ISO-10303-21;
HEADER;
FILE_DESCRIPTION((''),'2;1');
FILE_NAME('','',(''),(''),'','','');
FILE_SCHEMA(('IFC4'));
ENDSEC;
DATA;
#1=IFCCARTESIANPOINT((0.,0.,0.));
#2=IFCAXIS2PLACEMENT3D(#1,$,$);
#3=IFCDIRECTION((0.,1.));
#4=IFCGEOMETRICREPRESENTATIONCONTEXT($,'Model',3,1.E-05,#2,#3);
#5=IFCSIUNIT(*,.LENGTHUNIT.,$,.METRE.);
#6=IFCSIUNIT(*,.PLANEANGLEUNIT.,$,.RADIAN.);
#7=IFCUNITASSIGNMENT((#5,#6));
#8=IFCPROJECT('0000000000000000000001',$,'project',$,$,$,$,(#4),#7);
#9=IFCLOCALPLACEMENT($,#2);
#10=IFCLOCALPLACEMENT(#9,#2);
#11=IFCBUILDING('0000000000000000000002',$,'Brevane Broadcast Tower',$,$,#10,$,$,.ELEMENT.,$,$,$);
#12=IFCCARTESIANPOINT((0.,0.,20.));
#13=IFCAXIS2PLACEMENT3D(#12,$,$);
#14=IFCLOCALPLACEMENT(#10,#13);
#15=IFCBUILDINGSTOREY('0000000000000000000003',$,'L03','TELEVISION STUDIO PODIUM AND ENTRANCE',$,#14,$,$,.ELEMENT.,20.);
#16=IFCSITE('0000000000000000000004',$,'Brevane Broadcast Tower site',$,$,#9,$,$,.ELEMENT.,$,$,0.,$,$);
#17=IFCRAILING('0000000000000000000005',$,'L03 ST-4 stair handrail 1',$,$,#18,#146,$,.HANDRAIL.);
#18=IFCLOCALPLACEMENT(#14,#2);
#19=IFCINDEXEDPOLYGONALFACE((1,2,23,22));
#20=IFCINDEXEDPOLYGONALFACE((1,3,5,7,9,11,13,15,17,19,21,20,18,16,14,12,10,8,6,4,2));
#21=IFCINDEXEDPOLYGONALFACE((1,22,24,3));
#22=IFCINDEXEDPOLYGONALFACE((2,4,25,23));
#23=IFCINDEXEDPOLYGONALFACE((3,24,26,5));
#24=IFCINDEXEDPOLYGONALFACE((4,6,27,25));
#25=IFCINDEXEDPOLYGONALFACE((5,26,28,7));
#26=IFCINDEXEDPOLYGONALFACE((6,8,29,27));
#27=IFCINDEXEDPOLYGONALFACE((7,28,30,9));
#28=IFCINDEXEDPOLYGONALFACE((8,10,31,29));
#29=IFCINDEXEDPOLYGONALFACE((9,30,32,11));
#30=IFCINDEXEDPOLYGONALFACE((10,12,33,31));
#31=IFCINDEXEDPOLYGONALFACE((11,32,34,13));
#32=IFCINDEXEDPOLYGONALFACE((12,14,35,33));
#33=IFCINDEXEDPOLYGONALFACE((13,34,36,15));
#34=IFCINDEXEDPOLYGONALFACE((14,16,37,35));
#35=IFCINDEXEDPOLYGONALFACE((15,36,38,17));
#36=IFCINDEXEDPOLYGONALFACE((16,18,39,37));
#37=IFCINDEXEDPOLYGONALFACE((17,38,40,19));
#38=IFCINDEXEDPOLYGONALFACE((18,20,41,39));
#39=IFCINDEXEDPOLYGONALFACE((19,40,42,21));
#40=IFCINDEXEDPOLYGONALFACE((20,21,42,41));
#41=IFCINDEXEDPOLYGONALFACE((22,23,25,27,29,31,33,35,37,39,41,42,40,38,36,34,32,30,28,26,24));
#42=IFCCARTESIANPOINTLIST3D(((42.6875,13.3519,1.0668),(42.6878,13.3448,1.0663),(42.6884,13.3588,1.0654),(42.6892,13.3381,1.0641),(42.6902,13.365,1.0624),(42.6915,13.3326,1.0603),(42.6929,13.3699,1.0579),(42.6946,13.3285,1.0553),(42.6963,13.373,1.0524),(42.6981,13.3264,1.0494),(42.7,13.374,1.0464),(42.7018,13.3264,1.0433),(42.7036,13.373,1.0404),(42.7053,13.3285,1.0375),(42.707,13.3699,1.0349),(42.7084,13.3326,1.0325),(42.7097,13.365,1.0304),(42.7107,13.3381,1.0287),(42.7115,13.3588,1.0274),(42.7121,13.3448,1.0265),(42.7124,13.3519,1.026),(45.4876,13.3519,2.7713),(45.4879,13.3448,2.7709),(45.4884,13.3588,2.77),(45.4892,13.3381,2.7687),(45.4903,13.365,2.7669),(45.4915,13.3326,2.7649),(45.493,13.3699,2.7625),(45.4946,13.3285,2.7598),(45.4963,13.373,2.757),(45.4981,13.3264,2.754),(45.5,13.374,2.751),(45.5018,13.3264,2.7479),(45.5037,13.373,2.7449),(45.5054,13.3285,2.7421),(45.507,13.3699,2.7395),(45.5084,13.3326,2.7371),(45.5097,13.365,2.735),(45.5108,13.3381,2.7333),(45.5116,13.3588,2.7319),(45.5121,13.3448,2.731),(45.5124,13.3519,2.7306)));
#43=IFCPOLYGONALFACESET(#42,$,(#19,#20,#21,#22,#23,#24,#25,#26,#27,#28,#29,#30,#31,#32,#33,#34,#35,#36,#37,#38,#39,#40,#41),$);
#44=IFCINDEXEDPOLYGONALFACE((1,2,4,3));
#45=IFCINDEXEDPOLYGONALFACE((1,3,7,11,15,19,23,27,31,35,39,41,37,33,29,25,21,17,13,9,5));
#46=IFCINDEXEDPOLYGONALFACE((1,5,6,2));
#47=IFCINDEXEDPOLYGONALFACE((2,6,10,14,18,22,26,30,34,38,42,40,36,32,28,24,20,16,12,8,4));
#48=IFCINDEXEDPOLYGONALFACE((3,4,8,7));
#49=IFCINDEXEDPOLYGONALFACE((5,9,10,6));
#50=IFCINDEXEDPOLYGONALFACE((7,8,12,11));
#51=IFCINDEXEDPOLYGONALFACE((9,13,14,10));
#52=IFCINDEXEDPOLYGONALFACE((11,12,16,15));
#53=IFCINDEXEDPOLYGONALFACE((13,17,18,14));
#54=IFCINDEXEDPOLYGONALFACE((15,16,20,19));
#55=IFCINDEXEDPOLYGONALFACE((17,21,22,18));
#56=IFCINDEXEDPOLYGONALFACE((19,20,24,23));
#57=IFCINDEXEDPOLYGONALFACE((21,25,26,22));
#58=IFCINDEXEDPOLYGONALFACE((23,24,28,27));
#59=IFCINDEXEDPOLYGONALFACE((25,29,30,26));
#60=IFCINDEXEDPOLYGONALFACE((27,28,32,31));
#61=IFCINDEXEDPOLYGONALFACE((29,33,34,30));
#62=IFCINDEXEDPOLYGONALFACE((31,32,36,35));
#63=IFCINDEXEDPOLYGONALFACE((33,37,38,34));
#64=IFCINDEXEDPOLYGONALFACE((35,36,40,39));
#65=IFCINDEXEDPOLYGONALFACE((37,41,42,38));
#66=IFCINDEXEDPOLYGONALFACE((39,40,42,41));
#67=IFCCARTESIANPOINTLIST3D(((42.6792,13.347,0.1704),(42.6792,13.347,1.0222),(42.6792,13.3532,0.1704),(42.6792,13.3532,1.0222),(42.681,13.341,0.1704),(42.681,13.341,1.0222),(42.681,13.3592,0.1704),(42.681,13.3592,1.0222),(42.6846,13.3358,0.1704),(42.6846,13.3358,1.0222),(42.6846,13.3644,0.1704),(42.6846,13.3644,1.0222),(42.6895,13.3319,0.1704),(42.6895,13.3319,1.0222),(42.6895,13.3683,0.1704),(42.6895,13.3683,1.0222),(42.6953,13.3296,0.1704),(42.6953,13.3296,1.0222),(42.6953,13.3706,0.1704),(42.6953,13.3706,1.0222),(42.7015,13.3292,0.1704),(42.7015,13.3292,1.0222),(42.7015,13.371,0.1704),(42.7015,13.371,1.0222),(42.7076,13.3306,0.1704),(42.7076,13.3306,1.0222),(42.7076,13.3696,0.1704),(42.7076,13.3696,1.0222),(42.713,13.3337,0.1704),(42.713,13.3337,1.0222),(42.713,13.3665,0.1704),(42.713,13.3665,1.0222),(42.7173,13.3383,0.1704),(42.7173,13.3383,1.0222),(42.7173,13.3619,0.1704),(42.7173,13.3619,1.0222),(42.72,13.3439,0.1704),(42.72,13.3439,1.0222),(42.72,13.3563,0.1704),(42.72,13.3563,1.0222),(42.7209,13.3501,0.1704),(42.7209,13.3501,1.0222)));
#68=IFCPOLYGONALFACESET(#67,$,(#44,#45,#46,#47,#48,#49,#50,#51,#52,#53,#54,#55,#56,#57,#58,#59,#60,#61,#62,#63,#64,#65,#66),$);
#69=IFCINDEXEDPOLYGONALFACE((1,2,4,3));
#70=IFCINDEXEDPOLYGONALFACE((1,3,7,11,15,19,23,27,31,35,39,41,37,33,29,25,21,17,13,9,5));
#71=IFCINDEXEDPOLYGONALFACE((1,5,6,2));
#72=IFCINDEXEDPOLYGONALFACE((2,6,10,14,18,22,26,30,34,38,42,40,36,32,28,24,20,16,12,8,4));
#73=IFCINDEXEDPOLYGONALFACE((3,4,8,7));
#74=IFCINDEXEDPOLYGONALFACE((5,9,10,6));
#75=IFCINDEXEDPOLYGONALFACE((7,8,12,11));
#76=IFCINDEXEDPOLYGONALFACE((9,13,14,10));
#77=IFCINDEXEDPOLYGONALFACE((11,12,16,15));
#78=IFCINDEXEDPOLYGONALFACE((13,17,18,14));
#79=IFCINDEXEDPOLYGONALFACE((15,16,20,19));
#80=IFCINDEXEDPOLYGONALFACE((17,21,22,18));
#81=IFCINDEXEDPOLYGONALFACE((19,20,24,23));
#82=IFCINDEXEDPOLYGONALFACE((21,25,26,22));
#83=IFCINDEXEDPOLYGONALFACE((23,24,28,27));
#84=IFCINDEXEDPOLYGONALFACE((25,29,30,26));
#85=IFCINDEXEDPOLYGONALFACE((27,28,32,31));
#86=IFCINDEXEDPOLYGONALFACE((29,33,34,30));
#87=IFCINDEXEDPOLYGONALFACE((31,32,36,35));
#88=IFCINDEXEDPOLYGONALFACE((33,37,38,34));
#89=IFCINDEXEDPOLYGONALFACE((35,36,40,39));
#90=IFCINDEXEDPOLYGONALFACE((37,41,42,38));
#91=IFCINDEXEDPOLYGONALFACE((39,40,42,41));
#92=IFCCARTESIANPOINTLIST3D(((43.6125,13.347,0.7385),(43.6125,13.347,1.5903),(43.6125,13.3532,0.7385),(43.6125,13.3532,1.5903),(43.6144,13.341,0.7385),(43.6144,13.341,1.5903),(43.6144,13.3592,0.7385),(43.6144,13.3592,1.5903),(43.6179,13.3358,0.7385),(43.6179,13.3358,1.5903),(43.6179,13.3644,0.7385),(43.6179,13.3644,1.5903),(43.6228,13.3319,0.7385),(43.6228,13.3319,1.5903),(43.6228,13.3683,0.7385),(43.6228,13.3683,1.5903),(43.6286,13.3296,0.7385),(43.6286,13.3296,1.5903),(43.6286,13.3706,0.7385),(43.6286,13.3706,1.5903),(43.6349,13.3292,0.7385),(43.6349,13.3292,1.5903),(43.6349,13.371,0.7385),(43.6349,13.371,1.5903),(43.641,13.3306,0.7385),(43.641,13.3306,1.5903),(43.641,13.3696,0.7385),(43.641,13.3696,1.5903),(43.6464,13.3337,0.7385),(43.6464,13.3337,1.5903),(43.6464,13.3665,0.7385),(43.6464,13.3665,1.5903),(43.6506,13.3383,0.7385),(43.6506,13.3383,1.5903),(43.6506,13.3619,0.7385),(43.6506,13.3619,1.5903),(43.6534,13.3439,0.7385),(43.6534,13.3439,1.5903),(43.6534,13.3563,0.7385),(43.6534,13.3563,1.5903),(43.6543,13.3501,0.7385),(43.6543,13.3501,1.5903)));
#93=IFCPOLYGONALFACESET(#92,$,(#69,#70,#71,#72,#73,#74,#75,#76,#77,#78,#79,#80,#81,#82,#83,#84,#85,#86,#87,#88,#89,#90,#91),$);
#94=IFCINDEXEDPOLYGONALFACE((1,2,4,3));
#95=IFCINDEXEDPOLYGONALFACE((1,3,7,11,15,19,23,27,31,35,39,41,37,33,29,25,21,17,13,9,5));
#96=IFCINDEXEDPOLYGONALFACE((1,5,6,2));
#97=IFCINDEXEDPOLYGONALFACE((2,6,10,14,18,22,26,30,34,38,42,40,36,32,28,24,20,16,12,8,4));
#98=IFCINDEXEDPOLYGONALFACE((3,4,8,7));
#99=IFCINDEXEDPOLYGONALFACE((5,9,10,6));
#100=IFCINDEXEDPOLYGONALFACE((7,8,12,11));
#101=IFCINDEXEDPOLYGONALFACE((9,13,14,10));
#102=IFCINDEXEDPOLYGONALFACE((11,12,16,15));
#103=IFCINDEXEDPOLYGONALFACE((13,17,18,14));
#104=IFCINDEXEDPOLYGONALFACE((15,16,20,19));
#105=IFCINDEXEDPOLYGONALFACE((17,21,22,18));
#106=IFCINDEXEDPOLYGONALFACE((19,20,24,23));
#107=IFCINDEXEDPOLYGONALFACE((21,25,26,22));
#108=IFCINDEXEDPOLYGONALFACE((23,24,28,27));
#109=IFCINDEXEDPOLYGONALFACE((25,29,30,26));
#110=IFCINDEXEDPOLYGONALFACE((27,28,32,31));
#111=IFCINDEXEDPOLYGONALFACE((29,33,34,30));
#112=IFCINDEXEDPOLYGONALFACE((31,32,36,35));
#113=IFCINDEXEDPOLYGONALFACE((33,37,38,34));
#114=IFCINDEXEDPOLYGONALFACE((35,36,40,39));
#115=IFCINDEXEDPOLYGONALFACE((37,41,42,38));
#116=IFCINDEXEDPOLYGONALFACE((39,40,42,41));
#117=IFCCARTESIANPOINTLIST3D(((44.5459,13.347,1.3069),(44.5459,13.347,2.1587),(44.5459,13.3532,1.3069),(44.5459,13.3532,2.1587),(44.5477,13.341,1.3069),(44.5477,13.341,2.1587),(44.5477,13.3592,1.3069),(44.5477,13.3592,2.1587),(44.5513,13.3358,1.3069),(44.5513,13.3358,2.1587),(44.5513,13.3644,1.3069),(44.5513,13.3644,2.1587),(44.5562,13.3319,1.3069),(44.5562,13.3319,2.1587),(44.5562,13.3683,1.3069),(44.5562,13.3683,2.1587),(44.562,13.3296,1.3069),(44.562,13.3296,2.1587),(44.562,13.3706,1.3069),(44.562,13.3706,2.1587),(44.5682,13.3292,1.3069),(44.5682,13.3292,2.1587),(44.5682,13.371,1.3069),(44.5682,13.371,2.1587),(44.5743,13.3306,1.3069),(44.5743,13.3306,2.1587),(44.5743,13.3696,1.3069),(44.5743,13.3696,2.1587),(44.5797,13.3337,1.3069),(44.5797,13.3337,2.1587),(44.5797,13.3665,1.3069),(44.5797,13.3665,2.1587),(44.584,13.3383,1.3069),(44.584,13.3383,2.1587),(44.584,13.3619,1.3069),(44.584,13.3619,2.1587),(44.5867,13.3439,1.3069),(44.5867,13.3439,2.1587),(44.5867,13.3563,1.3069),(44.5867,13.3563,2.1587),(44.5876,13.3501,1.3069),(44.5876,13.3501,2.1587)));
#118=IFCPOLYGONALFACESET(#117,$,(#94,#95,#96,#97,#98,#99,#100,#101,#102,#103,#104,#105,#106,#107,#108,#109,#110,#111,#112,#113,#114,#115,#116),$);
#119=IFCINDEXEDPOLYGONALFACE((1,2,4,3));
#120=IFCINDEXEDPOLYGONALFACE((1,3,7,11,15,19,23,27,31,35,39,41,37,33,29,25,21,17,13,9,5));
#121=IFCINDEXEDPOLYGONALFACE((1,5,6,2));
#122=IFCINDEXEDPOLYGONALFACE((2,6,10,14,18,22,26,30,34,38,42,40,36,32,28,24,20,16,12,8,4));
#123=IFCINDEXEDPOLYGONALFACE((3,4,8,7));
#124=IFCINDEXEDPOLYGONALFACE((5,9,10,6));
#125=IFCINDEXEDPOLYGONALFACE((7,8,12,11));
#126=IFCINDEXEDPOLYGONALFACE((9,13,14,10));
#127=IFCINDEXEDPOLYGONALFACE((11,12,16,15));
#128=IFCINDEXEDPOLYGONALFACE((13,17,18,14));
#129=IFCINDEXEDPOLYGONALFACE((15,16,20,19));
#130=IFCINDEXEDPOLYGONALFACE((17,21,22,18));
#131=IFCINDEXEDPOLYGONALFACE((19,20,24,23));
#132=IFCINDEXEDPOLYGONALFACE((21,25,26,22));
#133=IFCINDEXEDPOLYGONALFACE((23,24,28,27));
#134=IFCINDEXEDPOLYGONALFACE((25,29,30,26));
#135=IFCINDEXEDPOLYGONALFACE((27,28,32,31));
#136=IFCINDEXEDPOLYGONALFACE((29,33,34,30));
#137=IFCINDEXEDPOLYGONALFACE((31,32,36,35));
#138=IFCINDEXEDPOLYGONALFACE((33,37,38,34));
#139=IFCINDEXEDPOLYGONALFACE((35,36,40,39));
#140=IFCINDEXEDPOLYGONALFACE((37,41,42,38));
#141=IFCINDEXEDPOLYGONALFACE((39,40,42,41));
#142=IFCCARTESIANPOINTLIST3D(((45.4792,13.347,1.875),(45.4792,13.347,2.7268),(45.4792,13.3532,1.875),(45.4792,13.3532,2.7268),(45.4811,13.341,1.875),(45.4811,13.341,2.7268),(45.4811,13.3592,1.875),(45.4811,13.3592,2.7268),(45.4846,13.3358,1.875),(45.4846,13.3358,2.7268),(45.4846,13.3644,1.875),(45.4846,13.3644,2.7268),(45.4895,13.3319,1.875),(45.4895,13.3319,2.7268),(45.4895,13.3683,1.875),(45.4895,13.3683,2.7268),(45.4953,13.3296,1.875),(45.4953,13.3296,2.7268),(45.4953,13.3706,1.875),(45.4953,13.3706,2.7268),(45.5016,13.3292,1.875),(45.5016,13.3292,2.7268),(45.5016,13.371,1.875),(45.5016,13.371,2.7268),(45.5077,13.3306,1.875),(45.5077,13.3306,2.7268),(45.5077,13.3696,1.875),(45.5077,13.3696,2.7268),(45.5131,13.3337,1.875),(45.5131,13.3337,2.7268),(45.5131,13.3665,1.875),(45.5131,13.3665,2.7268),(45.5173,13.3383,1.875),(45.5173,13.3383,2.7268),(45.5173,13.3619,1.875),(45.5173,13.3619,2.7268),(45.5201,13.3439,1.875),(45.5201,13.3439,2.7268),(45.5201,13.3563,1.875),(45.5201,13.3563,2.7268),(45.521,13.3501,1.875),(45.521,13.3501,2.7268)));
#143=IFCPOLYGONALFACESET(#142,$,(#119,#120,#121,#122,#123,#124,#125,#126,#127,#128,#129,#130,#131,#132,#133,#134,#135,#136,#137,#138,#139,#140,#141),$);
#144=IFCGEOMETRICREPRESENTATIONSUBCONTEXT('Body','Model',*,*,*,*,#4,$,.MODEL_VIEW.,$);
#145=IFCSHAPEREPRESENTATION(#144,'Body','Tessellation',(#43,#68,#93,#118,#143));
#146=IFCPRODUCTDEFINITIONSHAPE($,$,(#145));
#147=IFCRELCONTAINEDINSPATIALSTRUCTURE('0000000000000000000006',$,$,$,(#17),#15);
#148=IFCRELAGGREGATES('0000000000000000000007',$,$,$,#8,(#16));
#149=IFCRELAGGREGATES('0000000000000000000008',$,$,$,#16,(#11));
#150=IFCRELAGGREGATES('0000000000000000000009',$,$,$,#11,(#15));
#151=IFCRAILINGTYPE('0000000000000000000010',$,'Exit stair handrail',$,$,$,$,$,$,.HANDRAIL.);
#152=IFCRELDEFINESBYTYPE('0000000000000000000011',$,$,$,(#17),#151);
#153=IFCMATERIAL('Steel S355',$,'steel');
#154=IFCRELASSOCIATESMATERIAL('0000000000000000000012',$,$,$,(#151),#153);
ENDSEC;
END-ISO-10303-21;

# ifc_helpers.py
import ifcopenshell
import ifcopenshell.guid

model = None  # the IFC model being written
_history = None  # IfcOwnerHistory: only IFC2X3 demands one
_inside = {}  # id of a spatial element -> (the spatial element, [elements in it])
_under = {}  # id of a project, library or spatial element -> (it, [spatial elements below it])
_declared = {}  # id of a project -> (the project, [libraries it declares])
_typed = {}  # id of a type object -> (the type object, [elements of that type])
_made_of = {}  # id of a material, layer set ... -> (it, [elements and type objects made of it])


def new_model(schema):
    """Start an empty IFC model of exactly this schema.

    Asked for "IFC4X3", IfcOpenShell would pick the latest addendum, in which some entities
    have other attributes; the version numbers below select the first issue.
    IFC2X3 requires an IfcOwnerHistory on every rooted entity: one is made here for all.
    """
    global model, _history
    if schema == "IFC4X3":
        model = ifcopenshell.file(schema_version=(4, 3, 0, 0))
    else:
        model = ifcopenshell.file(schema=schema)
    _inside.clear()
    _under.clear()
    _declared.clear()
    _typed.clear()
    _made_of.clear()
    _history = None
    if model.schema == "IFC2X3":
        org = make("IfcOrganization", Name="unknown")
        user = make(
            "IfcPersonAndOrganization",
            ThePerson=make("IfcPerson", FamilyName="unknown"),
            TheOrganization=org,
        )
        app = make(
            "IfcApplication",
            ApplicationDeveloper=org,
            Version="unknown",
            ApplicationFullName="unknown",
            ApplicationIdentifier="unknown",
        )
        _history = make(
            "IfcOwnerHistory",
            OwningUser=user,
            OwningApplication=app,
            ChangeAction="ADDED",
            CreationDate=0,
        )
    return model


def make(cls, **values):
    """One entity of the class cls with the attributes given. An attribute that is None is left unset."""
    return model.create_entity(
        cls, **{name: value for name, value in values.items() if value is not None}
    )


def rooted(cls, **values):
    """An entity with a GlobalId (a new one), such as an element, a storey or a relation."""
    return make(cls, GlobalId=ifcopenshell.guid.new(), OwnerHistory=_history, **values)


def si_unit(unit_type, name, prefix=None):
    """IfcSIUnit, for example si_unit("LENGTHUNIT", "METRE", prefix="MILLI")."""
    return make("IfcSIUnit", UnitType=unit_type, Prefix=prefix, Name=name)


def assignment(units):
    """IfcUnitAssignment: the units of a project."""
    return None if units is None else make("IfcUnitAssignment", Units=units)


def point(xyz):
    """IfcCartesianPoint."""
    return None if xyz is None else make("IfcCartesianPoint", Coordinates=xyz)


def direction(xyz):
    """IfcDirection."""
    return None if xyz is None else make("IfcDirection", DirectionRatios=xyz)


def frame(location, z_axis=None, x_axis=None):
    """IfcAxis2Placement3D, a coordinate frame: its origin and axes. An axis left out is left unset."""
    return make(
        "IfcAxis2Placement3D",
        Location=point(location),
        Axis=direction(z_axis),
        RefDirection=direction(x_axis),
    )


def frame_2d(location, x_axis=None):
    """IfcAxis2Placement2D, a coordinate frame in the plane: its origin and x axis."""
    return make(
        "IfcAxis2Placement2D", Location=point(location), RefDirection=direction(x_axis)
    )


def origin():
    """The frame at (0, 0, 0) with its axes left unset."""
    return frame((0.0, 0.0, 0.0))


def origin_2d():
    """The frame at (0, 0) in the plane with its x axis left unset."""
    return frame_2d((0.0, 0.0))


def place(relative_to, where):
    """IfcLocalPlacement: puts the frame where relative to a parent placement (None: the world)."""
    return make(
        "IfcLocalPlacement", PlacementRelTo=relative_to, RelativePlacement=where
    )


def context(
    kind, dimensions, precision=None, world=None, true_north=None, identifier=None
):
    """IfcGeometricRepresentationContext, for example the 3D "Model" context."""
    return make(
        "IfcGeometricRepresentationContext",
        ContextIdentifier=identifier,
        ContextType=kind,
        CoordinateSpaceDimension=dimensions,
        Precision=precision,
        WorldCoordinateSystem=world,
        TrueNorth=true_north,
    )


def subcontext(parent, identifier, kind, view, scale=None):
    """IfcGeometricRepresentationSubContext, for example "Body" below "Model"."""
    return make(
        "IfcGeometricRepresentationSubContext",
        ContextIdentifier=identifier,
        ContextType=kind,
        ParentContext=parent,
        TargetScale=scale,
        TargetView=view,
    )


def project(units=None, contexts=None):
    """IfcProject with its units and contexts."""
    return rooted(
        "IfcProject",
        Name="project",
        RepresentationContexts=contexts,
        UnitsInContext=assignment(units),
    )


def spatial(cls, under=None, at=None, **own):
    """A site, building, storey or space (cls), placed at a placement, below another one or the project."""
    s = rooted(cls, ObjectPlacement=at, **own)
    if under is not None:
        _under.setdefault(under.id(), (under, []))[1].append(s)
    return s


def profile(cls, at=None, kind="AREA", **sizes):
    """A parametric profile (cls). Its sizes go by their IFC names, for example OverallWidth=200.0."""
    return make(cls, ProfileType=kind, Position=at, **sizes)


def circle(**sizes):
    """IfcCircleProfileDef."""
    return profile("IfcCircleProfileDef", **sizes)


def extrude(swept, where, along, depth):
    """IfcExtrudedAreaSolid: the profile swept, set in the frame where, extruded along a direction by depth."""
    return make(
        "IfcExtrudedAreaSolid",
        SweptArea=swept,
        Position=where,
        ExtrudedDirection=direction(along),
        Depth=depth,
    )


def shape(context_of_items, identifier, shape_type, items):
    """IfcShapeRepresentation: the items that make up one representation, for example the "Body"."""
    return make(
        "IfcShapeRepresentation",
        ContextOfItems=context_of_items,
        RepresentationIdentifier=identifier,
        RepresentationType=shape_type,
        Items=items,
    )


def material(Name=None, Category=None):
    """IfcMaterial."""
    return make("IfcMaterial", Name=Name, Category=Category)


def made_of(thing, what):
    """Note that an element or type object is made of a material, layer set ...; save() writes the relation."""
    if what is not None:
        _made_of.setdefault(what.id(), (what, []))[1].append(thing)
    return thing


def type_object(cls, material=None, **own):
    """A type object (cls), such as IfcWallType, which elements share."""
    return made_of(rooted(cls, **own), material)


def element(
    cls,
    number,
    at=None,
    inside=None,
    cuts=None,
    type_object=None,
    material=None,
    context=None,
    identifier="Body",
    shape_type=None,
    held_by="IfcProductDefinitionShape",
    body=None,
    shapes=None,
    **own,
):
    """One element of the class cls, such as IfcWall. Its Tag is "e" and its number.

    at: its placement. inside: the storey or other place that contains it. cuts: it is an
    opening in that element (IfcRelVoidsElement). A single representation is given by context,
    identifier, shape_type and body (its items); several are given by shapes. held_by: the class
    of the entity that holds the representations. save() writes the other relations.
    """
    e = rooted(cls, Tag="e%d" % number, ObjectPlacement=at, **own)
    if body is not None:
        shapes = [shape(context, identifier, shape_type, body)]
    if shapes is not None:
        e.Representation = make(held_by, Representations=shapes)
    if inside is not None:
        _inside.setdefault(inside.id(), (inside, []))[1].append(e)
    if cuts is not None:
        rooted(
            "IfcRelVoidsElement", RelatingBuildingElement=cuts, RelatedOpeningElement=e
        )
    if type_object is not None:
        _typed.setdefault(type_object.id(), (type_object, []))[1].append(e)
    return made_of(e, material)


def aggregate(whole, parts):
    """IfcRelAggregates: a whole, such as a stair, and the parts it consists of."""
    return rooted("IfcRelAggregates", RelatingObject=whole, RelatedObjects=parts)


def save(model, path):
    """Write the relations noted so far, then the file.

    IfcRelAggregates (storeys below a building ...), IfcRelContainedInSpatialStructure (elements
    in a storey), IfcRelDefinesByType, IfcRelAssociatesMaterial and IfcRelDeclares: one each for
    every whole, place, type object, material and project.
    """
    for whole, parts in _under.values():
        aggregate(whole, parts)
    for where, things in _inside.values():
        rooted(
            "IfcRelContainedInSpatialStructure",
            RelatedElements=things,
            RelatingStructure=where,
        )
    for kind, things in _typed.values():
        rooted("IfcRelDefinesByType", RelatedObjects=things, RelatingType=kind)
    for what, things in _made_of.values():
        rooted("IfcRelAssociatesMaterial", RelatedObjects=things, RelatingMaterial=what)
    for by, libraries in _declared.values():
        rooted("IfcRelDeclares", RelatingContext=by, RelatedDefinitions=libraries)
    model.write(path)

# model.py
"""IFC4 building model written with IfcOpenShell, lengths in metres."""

from ifc_helpers import new_model, si_unit, direction, frame, origin, origin_2d, place, context, subcontext, project, spatial, circle, extrude, material, type_object, element, save


model = new_model("IFC4")

# Units and contexts
model_context = context("Model", 3, precision=1e-05, world=origin(), true_north=direction((0.0, 1.0)))
body_context = subcontext(model_context, "Body", "Model", "MODEL_VIEW")
ifc_project = project(units=[si_unit("LENGTHUNIT", "METRE"), si_unit("PLANEANGLEUNIT", "RADIAN")], contexts=[model_context])

# Site, building, storey
site_placement = place(None, origin())
site = spatial("IfcSite", under=ifc_project, at=site_placement, Name="Brevane Broadcast Tower site", CompositionType="ELEMENT", RefElevation=0.0)
building_placement = place(site_placement, origin())
building = spatial("IfcBuilding", under=site, at=building_placement, Name="Brevane Broadcast Tower", CompositionType="ELEMENT")
storey_placement = place(building_placement, frame((0.0, 0.0, 20.0)))
storey = spatial("IfcBuildingStorey", under=building, at=storey_placement, Name="L03", Description="TELEVISION STUDIO PODIUM AND ENTRANCE", CompositionType="ELEMENT", Elevation=20.0)

# Railing
ifc_material_1 = material(Name="Steel S355", Category="steel")
railing_type_1 = type_object("IfcRailingType", Name="Exit stair handrail", PredefinedType="HANDRAIL", material=ifc_material_1)
for number, where, name in (
    (1, (42.7, 13.3501, 0.1704), "L03 ST-4 stair handrail 1"),
):
    element("IfcRailing", number, at=place(storey_placement, frame(where)), inside=storey, type_object=railing_type_1, Name=name, PredefinedType="HANDRAIL", context=body_context, shape_type="SweptSolid", body=[
        extrude(circle(Radius=0.0239, at=origin_2d()), frame((0.0, 0.0, 0.876), z_axis=(0.85417, 0.0, 0.519994), x_axis=(0.0, 1.0, 0.0)), (0.0, 0.0, 1.0), 3.2781),
        extrude(circle(Radius=0.021, at=origin_2d()), origin(), (0.0, 0.0, 1.0), 0.8518),
        extrude(circle(Radius=0.021, at=origin_2d()), frame((0.9333, 0.0, 0.5681)), (0.0, 0.0, 1.0), 0.8518),
        extrude(circle(Radius=0.021, at=origin_2d()), frame((1.8667, 0.0, 1.1365)), (0.0, 0.0, 1.0), 0.8518),
        extrude(circle(Radius=0.021, at=origin_2d()), frame((2.8, 0.0, 1.7046)), (0.0, 0.0, 1.0), 0.8518),
    ])

save(model, "model.ifc")
